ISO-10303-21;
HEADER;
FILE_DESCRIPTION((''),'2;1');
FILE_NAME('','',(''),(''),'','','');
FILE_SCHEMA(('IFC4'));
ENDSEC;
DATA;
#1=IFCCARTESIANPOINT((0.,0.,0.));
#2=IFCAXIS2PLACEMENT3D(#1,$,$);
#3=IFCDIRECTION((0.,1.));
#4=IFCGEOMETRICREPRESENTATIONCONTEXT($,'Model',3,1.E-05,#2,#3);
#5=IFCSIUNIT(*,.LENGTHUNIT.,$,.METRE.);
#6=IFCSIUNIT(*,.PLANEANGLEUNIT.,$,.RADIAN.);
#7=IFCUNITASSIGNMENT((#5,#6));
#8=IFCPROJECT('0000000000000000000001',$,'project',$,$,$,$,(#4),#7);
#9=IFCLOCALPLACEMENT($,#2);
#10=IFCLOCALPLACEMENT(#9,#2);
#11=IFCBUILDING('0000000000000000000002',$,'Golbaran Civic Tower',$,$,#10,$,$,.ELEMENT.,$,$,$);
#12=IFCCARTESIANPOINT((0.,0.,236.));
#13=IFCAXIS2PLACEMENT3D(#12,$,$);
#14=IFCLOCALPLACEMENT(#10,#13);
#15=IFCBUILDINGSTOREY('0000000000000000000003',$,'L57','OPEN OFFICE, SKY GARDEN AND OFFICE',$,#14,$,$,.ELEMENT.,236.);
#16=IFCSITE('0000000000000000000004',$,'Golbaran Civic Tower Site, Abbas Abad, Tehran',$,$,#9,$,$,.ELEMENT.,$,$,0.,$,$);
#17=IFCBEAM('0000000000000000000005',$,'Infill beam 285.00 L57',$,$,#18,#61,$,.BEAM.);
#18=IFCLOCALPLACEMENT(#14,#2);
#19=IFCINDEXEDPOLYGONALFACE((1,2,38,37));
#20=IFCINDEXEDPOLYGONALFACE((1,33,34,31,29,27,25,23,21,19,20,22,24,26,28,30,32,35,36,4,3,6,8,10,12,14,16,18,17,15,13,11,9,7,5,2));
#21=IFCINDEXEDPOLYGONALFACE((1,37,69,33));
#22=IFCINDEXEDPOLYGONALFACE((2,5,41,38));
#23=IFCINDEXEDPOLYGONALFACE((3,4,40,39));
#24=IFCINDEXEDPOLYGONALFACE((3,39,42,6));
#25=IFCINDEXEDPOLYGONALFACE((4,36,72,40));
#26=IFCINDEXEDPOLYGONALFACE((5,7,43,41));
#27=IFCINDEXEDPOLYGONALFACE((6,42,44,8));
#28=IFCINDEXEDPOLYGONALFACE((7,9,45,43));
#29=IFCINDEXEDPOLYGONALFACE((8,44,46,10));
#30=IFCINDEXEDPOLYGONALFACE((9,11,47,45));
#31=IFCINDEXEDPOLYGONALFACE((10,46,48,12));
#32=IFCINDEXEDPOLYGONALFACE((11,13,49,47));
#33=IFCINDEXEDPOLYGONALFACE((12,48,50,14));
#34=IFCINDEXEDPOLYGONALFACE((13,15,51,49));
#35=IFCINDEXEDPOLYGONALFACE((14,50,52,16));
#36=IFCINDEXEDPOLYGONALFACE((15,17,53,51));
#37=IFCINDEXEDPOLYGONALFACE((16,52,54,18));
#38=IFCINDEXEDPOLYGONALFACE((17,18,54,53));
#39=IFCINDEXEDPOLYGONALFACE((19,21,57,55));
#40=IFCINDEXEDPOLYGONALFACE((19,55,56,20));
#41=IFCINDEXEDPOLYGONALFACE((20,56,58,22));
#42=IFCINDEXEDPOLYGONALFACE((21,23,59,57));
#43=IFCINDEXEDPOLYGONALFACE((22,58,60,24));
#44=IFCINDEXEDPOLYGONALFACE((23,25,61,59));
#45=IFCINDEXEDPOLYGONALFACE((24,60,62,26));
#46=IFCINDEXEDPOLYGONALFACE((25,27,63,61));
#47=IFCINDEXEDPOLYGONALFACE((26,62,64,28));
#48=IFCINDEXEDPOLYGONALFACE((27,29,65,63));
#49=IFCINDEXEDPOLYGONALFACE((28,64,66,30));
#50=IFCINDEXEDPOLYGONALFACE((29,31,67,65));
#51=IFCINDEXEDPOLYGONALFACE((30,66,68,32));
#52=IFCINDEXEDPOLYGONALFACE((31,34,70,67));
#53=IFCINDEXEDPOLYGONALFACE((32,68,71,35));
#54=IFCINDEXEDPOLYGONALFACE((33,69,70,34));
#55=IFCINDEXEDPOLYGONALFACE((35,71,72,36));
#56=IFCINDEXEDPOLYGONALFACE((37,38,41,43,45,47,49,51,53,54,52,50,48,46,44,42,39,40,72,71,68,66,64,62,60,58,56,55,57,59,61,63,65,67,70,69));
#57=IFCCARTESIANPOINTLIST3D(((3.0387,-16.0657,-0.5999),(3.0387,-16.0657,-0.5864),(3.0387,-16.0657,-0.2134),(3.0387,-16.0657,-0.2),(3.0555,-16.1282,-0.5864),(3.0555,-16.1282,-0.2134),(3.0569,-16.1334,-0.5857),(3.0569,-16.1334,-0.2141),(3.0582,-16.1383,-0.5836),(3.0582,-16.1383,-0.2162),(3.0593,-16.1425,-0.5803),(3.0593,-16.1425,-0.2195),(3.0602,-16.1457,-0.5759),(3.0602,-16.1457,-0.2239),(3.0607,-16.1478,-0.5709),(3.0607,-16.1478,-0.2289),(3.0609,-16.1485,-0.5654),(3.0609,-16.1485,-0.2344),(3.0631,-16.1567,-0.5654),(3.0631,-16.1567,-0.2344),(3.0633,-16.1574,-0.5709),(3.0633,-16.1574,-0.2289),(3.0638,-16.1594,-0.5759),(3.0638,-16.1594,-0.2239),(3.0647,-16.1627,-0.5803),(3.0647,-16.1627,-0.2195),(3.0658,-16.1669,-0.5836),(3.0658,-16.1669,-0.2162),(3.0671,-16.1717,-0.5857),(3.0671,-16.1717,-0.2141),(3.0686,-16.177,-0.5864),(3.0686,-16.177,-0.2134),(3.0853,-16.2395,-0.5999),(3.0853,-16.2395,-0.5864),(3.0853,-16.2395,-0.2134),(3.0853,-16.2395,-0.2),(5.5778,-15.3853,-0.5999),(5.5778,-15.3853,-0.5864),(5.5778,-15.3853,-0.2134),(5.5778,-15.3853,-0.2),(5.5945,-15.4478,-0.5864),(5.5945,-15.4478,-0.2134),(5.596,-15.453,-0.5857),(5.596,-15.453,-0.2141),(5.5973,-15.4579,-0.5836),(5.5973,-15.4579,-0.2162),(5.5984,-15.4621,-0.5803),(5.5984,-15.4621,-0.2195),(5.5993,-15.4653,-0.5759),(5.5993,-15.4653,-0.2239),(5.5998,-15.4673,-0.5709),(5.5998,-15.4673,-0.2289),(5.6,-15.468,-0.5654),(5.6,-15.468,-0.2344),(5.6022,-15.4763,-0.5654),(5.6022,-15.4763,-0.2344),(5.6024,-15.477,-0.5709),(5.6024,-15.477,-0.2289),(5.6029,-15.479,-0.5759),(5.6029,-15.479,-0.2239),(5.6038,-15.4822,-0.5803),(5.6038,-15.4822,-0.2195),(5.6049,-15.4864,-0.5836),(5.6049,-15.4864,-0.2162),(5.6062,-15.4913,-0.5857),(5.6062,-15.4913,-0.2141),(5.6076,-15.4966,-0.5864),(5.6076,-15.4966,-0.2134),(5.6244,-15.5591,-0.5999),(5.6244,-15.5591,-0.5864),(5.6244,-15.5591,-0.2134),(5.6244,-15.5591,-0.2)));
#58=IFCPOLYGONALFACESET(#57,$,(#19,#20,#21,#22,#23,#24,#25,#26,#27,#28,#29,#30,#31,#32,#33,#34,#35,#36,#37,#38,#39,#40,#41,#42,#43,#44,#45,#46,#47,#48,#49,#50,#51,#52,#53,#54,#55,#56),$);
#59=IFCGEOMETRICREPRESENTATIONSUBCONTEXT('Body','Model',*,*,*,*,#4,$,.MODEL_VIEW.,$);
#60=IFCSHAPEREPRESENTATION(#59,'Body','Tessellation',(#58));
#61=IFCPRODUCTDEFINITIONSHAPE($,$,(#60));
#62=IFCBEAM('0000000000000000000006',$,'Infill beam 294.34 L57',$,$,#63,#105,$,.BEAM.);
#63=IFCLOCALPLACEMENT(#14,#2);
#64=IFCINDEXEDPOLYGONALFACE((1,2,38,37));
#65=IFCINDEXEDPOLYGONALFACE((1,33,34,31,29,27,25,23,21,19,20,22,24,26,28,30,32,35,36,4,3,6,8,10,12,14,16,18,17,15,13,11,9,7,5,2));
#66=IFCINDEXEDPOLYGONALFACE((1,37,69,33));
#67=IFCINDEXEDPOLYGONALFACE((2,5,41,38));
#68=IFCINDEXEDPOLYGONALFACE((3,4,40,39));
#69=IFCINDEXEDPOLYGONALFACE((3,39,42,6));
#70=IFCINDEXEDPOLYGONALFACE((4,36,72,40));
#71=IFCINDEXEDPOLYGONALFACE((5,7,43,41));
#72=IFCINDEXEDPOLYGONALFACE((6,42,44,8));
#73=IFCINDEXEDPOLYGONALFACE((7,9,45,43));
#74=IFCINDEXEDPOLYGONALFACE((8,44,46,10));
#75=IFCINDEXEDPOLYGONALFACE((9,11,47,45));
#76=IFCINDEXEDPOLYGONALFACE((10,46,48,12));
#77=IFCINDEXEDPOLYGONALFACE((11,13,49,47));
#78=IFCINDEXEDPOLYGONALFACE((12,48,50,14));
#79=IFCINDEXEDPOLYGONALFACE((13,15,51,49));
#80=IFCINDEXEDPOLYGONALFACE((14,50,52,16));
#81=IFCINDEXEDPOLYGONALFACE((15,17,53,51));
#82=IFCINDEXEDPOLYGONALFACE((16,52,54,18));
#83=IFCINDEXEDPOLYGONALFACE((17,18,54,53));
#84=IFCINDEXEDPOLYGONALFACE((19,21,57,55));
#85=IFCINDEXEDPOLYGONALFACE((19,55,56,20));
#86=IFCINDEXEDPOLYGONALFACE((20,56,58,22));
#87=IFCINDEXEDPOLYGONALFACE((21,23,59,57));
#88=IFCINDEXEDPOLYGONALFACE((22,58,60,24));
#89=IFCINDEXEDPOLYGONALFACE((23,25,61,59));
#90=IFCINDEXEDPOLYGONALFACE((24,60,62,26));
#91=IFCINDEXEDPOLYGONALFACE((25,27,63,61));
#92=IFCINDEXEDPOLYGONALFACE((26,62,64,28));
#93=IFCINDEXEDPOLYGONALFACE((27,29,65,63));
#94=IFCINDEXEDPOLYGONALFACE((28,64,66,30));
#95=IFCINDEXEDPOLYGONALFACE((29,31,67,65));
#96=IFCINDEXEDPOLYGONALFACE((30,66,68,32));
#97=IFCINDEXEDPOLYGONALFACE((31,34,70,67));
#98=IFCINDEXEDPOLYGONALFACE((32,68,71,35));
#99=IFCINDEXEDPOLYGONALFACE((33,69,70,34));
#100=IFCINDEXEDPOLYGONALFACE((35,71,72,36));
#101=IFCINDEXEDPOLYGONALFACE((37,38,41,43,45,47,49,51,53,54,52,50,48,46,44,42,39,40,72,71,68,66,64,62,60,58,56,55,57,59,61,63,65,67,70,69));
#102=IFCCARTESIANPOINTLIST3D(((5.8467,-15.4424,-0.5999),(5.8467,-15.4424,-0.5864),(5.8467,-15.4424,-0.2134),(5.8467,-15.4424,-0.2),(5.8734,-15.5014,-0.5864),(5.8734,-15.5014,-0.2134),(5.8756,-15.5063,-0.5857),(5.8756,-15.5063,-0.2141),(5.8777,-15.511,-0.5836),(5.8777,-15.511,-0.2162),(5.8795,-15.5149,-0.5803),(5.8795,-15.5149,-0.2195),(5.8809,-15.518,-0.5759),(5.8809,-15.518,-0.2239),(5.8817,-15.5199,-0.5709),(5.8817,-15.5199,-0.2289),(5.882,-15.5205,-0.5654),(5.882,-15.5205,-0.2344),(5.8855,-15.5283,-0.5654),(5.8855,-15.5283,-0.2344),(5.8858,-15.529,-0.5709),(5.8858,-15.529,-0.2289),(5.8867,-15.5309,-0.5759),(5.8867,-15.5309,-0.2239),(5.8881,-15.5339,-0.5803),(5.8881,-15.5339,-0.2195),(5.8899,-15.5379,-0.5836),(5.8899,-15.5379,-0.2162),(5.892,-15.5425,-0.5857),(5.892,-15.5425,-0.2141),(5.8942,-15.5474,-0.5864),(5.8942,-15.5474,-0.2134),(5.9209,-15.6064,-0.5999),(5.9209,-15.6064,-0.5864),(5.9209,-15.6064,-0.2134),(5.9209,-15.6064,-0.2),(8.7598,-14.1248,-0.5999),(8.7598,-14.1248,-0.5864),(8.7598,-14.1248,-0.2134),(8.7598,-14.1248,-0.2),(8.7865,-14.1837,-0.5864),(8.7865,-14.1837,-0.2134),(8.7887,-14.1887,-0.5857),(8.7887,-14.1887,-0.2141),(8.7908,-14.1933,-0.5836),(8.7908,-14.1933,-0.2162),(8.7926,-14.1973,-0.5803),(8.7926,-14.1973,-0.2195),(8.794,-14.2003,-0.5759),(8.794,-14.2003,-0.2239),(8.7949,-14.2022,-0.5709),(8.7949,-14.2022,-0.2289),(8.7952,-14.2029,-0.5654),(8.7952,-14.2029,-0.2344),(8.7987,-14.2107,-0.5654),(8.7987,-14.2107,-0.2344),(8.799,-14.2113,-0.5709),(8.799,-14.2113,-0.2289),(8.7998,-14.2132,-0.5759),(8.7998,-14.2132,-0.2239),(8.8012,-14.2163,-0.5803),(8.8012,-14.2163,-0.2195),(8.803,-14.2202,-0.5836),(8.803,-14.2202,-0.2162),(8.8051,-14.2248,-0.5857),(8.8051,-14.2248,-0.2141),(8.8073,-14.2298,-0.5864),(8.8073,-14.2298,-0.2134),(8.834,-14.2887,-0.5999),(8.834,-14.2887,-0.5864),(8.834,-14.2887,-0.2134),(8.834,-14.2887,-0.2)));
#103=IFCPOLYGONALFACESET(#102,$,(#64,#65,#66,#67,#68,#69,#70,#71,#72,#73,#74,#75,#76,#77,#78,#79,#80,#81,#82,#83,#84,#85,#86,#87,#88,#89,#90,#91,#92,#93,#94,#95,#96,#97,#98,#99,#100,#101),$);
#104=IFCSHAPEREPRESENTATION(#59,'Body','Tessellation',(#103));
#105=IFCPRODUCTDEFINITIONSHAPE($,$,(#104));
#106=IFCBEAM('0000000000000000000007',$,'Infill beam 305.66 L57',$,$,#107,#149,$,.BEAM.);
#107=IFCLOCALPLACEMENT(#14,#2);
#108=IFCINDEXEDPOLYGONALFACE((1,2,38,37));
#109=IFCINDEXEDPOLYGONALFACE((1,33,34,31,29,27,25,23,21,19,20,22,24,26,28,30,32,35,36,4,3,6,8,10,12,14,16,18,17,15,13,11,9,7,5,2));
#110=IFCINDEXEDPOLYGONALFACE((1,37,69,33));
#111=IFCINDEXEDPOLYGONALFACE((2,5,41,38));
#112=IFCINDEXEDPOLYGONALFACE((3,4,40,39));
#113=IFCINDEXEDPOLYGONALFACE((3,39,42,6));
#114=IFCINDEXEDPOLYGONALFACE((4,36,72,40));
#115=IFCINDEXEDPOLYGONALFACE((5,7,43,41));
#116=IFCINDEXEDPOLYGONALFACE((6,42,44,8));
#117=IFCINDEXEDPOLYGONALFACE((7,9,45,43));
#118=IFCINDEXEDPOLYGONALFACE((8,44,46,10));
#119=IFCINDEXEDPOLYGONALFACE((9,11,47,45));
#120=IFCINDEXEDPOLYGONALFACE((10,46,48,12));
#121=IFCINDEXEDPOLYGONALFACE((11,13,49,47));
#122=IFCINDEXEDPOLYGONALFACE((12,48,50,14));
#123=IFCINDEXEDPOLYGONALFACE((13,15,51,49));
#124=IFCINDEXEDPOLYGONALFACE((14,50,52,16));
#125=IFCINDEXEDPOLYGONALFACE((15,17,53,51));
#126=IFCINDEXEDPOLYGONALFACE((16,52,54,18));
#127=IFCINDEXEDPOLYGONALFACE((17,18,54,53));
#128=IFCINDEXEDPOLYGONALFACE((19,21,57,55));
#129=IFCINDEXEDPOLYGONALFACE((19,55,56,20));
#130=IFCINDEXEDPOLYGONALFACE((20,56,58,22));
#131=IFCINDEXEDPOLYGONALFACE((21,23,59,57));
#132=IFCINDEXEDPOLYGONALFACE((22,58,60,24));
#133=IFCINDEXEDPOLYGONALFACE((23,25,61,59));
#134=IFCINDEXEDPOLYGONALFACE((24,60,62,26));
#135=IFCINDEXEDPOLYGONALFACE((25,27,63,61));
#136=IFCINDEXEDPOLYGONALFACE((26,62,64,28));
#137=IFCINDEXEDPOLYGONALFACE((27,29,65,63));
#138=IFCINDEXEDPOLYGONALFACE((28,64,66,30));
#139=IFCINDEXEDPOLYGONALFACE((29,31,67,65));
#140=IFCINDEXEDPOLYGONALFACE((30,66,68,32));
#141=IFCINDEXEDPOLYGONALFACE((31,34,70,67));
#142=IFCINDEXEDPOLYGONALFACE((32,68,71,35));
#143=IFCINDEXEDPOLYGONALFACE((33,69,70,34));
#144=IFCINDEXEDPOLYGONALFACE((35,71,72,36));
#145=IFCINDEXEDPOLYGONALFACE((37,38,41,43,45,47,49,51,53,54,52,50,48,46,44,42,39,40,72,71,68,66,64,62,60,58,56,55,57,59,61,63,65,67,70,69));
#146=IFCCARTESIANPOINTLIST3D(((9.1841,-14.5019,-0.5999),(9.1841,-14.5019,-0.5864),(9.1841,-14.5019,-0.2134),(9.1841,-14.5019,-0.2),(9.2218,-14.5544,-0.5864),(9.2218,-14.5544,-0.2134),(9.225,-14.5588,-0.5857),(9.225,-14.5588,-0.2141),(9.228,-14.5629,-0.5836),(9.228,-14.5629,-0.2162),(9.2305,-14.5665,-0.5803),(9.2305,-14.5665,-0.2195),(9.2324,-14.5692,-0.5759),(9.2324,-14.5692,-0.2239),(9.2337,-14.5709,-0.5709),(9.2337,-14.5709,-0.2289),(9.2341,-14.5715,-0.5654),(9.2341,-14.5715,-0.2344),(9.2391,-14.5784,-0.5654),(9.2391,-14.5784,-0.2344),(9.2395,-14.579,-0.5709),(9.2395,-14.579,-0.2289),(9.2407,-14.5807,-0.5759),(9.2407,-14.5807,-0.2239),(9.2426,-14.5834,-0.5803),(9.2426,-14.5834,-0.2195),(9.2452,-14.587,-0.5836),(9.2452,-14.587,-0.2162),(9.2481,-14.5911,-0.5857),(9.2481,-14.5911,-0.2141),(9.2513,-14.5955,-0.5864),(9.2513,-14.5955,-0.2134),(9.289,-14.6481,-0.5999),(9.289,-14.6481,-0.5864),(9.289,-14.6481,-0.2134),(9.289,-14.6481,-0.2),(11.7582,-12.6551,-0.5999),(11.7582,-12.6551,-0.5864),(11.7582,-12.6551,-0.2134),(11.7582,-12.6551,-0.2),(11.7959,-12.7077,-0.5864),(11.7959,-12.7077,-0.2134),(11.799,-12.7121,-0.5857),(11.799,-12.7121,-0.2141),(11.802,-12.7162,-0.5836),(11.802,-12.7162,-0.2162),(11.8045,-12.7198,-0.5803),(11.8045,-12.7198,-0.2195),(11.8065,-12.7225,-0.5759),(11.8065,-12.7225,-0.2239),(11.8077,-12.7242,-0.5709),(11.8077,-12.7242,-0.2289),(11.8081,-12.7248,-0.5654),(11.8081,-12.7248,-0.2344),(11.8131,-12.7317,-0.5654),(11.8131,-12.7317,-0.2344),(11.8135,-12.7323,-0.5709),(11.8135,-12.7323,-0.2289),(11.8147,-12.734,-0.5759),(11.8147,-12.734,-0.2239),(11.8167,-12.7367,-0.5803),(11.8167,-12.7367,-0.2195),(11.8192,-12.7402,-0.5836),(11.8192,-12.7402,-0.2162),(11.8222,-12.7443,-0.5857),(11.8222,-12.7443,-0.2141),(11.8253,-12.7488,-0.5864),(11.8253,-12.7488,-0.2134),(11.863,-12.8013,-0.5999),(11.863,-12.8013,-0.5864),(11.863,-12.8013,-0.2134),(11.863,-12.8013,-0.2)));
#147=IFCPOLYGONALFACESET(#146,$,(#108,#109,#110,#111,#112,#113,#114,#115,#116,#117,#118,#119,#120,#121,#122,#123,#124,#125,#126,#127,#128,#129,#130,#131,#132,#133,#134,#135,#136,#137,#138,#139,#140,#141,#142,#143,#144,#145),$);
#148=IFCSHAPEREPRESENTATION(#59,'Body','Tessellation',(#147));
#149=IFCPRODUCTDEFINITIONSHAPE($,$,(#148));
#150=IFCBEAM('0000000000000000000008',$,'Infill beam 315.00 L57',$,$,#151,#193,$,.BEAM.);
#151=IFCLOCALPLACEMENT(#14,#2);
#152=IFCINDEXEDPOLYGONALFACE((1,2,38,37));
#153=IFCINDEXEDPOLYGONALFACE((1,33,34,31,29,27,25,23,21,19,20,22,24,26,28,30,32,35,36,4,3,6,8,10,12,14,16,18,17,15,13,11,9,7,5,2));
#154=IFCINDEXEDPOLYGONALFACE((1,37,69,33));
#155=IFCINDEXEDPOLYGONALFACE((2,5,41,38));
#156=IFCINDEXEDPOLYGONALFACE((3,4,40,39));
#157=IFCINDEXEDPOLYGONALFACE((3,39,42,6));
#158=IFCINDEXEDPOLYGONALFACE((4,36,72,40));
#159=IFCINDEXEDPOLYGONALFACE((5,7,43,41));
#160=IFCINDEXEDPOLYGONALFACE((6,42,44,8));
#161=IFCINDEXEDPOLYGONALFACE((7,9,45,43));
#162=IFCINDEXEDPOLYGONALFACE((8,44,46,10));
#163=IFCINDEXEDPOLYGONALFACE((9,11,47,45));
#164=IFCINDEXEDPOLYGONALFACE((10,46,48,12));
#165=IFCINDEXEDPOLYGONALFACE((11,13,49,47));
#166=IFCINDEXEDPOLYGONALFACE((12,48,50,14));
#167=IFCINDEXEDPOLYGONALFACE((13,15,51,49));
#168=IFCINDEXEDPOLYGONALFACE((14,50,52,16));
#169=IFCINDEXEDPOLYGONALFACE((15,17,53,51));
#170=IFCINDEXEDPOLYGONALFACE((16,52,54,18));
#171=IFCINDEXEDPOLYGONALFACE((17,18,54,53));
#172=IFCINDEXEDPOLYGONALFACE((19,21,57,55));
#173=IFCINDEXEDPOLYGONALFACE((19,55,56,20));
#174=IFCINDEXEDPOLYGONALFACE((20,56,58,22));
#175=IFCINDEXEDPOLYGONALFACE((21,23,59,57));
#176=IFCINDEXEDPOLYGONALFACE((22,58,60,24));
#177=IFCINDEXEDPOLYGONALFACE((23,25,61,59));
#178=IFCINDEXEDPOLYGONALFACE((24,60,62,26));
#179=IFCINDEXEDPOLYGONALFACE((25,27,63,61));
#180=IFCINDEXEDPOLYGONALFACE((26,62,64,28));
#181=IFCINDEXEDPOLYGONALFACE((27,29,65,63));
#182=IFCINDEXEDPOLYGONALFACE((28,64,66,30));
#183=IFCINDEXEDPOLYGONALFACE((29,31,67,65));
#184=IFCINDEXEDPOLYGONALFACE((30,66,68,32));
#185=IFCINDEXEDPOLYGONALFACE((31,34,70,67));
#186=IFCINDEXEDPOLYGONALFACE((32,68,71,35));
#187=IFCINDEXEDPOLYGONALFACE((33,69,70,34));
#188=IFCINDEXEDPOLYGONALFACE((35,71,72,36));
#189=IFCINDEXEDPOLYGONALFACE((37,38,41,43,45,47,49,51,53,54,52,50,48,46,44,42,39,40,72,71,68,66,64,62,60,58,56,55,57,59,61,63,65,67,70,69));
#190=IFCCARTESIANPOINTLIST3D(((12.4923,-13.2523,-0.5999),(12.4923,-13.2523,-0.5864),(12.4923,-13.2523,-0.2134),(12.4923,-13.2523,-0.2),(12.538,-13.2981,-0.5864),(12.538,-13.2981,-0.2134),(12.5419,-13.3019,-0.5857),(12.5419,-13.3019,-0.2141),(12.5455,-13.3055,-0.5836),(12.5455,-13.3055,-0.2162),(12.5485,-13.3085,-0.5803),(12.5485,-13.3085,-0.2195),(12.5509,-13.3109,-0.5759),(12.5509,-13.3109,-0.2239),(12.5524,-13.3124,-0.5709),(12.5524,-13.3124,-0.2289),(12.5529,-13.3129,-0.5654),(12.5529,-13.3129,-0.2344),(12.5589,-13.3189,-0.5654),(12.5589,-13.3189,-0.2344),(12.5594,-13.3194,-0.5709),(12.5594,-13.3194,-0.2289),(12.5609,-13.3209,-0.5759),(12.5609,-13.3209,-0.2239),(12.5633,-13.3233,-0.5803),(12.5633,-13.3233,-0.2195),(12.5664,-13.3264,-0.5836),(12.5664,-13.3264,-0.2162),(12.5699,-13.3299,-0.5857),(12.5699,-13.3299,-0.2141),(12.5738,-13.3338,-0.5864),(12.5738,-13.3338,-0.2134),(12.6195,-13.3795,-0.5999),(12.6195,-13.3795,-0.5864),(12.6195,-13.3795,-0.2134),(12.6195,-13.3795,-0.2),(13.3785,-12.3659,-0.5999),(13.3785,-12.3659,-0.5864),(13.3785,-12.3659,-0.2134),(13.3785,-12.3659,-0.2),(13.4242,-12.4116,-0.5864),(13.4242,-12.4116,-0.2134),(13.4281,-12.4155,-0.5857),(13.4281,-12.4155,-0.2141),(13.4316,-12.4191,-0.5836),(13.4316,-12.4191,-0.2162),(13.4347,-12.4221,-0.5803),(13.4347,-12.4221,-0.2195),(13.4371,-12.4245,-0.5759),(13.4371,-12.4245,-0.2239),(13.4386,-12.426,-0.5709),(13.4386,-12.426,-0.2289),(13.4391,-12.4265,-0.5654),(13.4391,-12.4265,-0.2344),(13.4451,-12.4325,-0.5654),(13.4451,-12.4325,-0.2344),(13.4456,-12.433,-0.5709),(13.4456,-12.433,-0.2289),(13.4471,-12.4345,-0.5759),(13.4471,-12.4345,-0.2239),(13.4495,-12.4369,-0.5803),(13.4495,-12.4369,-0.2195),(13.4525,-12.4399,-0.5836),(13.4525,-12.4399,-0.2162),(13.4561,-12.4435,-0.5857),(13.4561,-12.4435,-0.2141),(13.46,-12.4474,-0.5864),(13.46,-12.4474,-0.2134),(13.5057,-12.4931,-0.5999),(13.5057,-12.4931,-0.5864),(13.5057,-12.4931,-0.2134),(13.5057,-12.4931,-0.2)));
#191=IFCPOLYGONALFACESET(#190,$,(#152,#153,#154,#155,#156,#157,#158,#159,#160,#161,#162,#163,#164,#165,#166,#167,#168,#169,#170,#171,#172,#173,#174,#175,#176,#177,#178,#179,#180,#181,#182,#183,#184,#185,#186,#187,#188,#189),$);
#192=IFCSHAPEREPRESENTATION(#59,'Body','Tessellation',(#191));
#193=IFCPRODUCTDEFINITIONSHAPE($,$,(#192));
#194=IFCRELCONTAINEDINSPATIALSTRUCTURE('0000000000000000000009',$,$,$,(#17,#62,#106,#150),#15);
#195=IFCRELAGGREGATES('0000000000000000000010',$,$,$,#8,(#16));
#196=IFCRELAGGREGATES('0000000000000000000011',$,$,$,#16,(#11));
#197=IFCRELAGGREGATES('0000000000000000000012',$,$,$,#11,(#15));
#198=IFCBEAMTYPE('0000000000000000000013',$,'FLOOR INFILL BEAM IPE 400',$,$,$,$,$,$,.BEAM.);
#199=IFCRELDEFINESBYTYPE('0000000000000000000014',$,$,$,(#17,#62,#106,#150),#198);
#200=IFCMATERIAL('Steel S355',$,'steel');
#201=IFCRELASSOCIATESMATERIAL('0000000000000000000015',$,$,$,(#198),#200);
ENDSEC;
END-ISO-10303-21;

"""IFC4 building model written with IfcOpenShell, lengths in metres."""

from ifc_helpers import new_model, si_unit, direction, frame, origin, origin_2d, place, context, subcontext, project, spatial, i_section, extrude, material, material_profile, profile_set, type_object, element, save


model = new_model("IFC4")

# Units and contexts
model_context = context("Model", 3, precision=1e-05, world=origin(), true_north=direction((0.0, 1.0)))
body_context = subcontext(model_context, "Body", "Model", "MODEL_VIEW")
ifc_project = project(units=[si_unit("LENGTHUNIT", "METRE"), si_unit("PLANEANGLEUNIT", "RADIAN")], contexts=[model_context])

# Site, building, storey
site_placement = place(None, origin())
site = spatial("IfcSite", under=ifc_project, at=site_placement, Name="Golbaran Civic Tower Site, Abbas Abad, Tehran", CompositionType="ELEMENT", RefElevation=0.0)
building_placement = place(site_placement, origin())
building = spatial("IfcBuilding", under=site, at=building_placement, Name="Golbaran Civic Tower", CompositionType="ELEMENT")
storey_placement = place(building_placement, frame((0.0, 0.0, 236.0)))
storey = spatial("IfcBuildingStorey", under=building, at=storey_placement, Name="L57", Description="OPEN OFFICE, SKY GARDEN AND OFFICE", CompositionType="ELEMENT", Elevation=236.0)

# Beams
ifc_material_1 = material(Name="Steel S355", Category="steel")
ifc_material_profile_1 = material_profile(ifc_material_1, i_section(OverallWidth=0.1799, OverallDepth=0.3999, WebThickness=0.0085, FlangeThickness=0.0134, FilletRadius=0.021, at=origin_2d()), Name="IPE 400")
ifc_profile_set_1 = profile_set([ifc_material_profile_1], Name="Steel S355")
beam_type_1 = type_object("IfcBeamType", Name="FLOOR INFILL BEAM IPE 400", PredefinedType="BEAM", material=ifc_profile_set_1)
beam_1_placement = place(storey_placement, frame((3.062, -16.1526, -0.3999), z_axis=(0.965918, 0.258848, 0.0), x_axis=(-0.258848, 0.965918, 0.0)))
element("IfcBeam", 1, at=beam_1_placement, inside=storey, type_object=beam_type_1, Name="Infill beam 285.00 L57", PredefinedType="BEAM", context=body_context, shape_type="SweptSolid", body=[
    extrude(i_section(OverallWidth=0.1799, OverallDepth=0.3999, WebThickness=0.0085, FlangeThickness=0.0134, FilletRadius=0.021, at=origin_2d()), origin(), (0.0, 0.0, 1.0), 2.6287),
])
beam_2_placement = place(storey_placement, frame((5.8838, -15.5244, -0.3999), z_axis=(0.911131, 0.412117, 0.0), x_axis=(-0.412117, 0.911131, 0.0)))
element("IfcBeam", 2, at=beam_2_placement, inside=storey, type_object=beam_type_1, Name="Infill beam 294.34 L57", PredefinedType="BEAM", context=body_context, shape_type="SweptSolid", body=[
    extrude(i_section(OverallWidth=0.1799, OverallDepth=0.3999, WebThickness=0.0085, FlangeThickness=0.0134, FilletRadius=0.021, at=origin_2d()), origin(), (0.0, 0.0, 1.0), 3.1973),
])
beam_3_placement = place(storey_placement, frame((9.2366, -14.575, -0.3999), z_axis=(0.812518, 0.582936, 0.0), x_axis=(-0.582936, 0.812518, 0.0)))
element("IfcBeam", 3, at=beam_3_placement, inside=storey, type_object=beam_type_1, Name="Infill beam 305.66 L57", PredefinedType="BEAM", context=body_context, shape_type="SweptSolid", body=[
    extrude(i_section(OverallWidth=0.1799, OverallDepth=0.3999, WebThickness=0.0085, FlangeThickness=0.0134, FilletRadius=0.021, at=origin_2d()), origin(), (0.0, 0.0, 1.0), 3.168),
])
beam_4_placement = place(storey_placement, frame((12.5559, -13.3159, -0.3999), z_axis=(0.707009, 0.707204, 0.0), x_axis=(-0.707204, 0.707009, 0.0)))
element("IfcBeam", 4, at=beam_4_placement, inside=storey, type_object=beam_type_1, Name="Infill beam 315.00 L57", PredefinedType="BEAM", context=body_context, shape_type="SweptSolid", body=[
    extrude(i_section(OverallWidth=0.1799, OverallDepth=0.3999, WebThickness=0.0085, FlangeThickness=0.0134, FilletRadius=0.021, at=origin_2d()), origin(), (0.0, 0.0, 1.0), 1.2534),
])

save(model, "model.ifc")
